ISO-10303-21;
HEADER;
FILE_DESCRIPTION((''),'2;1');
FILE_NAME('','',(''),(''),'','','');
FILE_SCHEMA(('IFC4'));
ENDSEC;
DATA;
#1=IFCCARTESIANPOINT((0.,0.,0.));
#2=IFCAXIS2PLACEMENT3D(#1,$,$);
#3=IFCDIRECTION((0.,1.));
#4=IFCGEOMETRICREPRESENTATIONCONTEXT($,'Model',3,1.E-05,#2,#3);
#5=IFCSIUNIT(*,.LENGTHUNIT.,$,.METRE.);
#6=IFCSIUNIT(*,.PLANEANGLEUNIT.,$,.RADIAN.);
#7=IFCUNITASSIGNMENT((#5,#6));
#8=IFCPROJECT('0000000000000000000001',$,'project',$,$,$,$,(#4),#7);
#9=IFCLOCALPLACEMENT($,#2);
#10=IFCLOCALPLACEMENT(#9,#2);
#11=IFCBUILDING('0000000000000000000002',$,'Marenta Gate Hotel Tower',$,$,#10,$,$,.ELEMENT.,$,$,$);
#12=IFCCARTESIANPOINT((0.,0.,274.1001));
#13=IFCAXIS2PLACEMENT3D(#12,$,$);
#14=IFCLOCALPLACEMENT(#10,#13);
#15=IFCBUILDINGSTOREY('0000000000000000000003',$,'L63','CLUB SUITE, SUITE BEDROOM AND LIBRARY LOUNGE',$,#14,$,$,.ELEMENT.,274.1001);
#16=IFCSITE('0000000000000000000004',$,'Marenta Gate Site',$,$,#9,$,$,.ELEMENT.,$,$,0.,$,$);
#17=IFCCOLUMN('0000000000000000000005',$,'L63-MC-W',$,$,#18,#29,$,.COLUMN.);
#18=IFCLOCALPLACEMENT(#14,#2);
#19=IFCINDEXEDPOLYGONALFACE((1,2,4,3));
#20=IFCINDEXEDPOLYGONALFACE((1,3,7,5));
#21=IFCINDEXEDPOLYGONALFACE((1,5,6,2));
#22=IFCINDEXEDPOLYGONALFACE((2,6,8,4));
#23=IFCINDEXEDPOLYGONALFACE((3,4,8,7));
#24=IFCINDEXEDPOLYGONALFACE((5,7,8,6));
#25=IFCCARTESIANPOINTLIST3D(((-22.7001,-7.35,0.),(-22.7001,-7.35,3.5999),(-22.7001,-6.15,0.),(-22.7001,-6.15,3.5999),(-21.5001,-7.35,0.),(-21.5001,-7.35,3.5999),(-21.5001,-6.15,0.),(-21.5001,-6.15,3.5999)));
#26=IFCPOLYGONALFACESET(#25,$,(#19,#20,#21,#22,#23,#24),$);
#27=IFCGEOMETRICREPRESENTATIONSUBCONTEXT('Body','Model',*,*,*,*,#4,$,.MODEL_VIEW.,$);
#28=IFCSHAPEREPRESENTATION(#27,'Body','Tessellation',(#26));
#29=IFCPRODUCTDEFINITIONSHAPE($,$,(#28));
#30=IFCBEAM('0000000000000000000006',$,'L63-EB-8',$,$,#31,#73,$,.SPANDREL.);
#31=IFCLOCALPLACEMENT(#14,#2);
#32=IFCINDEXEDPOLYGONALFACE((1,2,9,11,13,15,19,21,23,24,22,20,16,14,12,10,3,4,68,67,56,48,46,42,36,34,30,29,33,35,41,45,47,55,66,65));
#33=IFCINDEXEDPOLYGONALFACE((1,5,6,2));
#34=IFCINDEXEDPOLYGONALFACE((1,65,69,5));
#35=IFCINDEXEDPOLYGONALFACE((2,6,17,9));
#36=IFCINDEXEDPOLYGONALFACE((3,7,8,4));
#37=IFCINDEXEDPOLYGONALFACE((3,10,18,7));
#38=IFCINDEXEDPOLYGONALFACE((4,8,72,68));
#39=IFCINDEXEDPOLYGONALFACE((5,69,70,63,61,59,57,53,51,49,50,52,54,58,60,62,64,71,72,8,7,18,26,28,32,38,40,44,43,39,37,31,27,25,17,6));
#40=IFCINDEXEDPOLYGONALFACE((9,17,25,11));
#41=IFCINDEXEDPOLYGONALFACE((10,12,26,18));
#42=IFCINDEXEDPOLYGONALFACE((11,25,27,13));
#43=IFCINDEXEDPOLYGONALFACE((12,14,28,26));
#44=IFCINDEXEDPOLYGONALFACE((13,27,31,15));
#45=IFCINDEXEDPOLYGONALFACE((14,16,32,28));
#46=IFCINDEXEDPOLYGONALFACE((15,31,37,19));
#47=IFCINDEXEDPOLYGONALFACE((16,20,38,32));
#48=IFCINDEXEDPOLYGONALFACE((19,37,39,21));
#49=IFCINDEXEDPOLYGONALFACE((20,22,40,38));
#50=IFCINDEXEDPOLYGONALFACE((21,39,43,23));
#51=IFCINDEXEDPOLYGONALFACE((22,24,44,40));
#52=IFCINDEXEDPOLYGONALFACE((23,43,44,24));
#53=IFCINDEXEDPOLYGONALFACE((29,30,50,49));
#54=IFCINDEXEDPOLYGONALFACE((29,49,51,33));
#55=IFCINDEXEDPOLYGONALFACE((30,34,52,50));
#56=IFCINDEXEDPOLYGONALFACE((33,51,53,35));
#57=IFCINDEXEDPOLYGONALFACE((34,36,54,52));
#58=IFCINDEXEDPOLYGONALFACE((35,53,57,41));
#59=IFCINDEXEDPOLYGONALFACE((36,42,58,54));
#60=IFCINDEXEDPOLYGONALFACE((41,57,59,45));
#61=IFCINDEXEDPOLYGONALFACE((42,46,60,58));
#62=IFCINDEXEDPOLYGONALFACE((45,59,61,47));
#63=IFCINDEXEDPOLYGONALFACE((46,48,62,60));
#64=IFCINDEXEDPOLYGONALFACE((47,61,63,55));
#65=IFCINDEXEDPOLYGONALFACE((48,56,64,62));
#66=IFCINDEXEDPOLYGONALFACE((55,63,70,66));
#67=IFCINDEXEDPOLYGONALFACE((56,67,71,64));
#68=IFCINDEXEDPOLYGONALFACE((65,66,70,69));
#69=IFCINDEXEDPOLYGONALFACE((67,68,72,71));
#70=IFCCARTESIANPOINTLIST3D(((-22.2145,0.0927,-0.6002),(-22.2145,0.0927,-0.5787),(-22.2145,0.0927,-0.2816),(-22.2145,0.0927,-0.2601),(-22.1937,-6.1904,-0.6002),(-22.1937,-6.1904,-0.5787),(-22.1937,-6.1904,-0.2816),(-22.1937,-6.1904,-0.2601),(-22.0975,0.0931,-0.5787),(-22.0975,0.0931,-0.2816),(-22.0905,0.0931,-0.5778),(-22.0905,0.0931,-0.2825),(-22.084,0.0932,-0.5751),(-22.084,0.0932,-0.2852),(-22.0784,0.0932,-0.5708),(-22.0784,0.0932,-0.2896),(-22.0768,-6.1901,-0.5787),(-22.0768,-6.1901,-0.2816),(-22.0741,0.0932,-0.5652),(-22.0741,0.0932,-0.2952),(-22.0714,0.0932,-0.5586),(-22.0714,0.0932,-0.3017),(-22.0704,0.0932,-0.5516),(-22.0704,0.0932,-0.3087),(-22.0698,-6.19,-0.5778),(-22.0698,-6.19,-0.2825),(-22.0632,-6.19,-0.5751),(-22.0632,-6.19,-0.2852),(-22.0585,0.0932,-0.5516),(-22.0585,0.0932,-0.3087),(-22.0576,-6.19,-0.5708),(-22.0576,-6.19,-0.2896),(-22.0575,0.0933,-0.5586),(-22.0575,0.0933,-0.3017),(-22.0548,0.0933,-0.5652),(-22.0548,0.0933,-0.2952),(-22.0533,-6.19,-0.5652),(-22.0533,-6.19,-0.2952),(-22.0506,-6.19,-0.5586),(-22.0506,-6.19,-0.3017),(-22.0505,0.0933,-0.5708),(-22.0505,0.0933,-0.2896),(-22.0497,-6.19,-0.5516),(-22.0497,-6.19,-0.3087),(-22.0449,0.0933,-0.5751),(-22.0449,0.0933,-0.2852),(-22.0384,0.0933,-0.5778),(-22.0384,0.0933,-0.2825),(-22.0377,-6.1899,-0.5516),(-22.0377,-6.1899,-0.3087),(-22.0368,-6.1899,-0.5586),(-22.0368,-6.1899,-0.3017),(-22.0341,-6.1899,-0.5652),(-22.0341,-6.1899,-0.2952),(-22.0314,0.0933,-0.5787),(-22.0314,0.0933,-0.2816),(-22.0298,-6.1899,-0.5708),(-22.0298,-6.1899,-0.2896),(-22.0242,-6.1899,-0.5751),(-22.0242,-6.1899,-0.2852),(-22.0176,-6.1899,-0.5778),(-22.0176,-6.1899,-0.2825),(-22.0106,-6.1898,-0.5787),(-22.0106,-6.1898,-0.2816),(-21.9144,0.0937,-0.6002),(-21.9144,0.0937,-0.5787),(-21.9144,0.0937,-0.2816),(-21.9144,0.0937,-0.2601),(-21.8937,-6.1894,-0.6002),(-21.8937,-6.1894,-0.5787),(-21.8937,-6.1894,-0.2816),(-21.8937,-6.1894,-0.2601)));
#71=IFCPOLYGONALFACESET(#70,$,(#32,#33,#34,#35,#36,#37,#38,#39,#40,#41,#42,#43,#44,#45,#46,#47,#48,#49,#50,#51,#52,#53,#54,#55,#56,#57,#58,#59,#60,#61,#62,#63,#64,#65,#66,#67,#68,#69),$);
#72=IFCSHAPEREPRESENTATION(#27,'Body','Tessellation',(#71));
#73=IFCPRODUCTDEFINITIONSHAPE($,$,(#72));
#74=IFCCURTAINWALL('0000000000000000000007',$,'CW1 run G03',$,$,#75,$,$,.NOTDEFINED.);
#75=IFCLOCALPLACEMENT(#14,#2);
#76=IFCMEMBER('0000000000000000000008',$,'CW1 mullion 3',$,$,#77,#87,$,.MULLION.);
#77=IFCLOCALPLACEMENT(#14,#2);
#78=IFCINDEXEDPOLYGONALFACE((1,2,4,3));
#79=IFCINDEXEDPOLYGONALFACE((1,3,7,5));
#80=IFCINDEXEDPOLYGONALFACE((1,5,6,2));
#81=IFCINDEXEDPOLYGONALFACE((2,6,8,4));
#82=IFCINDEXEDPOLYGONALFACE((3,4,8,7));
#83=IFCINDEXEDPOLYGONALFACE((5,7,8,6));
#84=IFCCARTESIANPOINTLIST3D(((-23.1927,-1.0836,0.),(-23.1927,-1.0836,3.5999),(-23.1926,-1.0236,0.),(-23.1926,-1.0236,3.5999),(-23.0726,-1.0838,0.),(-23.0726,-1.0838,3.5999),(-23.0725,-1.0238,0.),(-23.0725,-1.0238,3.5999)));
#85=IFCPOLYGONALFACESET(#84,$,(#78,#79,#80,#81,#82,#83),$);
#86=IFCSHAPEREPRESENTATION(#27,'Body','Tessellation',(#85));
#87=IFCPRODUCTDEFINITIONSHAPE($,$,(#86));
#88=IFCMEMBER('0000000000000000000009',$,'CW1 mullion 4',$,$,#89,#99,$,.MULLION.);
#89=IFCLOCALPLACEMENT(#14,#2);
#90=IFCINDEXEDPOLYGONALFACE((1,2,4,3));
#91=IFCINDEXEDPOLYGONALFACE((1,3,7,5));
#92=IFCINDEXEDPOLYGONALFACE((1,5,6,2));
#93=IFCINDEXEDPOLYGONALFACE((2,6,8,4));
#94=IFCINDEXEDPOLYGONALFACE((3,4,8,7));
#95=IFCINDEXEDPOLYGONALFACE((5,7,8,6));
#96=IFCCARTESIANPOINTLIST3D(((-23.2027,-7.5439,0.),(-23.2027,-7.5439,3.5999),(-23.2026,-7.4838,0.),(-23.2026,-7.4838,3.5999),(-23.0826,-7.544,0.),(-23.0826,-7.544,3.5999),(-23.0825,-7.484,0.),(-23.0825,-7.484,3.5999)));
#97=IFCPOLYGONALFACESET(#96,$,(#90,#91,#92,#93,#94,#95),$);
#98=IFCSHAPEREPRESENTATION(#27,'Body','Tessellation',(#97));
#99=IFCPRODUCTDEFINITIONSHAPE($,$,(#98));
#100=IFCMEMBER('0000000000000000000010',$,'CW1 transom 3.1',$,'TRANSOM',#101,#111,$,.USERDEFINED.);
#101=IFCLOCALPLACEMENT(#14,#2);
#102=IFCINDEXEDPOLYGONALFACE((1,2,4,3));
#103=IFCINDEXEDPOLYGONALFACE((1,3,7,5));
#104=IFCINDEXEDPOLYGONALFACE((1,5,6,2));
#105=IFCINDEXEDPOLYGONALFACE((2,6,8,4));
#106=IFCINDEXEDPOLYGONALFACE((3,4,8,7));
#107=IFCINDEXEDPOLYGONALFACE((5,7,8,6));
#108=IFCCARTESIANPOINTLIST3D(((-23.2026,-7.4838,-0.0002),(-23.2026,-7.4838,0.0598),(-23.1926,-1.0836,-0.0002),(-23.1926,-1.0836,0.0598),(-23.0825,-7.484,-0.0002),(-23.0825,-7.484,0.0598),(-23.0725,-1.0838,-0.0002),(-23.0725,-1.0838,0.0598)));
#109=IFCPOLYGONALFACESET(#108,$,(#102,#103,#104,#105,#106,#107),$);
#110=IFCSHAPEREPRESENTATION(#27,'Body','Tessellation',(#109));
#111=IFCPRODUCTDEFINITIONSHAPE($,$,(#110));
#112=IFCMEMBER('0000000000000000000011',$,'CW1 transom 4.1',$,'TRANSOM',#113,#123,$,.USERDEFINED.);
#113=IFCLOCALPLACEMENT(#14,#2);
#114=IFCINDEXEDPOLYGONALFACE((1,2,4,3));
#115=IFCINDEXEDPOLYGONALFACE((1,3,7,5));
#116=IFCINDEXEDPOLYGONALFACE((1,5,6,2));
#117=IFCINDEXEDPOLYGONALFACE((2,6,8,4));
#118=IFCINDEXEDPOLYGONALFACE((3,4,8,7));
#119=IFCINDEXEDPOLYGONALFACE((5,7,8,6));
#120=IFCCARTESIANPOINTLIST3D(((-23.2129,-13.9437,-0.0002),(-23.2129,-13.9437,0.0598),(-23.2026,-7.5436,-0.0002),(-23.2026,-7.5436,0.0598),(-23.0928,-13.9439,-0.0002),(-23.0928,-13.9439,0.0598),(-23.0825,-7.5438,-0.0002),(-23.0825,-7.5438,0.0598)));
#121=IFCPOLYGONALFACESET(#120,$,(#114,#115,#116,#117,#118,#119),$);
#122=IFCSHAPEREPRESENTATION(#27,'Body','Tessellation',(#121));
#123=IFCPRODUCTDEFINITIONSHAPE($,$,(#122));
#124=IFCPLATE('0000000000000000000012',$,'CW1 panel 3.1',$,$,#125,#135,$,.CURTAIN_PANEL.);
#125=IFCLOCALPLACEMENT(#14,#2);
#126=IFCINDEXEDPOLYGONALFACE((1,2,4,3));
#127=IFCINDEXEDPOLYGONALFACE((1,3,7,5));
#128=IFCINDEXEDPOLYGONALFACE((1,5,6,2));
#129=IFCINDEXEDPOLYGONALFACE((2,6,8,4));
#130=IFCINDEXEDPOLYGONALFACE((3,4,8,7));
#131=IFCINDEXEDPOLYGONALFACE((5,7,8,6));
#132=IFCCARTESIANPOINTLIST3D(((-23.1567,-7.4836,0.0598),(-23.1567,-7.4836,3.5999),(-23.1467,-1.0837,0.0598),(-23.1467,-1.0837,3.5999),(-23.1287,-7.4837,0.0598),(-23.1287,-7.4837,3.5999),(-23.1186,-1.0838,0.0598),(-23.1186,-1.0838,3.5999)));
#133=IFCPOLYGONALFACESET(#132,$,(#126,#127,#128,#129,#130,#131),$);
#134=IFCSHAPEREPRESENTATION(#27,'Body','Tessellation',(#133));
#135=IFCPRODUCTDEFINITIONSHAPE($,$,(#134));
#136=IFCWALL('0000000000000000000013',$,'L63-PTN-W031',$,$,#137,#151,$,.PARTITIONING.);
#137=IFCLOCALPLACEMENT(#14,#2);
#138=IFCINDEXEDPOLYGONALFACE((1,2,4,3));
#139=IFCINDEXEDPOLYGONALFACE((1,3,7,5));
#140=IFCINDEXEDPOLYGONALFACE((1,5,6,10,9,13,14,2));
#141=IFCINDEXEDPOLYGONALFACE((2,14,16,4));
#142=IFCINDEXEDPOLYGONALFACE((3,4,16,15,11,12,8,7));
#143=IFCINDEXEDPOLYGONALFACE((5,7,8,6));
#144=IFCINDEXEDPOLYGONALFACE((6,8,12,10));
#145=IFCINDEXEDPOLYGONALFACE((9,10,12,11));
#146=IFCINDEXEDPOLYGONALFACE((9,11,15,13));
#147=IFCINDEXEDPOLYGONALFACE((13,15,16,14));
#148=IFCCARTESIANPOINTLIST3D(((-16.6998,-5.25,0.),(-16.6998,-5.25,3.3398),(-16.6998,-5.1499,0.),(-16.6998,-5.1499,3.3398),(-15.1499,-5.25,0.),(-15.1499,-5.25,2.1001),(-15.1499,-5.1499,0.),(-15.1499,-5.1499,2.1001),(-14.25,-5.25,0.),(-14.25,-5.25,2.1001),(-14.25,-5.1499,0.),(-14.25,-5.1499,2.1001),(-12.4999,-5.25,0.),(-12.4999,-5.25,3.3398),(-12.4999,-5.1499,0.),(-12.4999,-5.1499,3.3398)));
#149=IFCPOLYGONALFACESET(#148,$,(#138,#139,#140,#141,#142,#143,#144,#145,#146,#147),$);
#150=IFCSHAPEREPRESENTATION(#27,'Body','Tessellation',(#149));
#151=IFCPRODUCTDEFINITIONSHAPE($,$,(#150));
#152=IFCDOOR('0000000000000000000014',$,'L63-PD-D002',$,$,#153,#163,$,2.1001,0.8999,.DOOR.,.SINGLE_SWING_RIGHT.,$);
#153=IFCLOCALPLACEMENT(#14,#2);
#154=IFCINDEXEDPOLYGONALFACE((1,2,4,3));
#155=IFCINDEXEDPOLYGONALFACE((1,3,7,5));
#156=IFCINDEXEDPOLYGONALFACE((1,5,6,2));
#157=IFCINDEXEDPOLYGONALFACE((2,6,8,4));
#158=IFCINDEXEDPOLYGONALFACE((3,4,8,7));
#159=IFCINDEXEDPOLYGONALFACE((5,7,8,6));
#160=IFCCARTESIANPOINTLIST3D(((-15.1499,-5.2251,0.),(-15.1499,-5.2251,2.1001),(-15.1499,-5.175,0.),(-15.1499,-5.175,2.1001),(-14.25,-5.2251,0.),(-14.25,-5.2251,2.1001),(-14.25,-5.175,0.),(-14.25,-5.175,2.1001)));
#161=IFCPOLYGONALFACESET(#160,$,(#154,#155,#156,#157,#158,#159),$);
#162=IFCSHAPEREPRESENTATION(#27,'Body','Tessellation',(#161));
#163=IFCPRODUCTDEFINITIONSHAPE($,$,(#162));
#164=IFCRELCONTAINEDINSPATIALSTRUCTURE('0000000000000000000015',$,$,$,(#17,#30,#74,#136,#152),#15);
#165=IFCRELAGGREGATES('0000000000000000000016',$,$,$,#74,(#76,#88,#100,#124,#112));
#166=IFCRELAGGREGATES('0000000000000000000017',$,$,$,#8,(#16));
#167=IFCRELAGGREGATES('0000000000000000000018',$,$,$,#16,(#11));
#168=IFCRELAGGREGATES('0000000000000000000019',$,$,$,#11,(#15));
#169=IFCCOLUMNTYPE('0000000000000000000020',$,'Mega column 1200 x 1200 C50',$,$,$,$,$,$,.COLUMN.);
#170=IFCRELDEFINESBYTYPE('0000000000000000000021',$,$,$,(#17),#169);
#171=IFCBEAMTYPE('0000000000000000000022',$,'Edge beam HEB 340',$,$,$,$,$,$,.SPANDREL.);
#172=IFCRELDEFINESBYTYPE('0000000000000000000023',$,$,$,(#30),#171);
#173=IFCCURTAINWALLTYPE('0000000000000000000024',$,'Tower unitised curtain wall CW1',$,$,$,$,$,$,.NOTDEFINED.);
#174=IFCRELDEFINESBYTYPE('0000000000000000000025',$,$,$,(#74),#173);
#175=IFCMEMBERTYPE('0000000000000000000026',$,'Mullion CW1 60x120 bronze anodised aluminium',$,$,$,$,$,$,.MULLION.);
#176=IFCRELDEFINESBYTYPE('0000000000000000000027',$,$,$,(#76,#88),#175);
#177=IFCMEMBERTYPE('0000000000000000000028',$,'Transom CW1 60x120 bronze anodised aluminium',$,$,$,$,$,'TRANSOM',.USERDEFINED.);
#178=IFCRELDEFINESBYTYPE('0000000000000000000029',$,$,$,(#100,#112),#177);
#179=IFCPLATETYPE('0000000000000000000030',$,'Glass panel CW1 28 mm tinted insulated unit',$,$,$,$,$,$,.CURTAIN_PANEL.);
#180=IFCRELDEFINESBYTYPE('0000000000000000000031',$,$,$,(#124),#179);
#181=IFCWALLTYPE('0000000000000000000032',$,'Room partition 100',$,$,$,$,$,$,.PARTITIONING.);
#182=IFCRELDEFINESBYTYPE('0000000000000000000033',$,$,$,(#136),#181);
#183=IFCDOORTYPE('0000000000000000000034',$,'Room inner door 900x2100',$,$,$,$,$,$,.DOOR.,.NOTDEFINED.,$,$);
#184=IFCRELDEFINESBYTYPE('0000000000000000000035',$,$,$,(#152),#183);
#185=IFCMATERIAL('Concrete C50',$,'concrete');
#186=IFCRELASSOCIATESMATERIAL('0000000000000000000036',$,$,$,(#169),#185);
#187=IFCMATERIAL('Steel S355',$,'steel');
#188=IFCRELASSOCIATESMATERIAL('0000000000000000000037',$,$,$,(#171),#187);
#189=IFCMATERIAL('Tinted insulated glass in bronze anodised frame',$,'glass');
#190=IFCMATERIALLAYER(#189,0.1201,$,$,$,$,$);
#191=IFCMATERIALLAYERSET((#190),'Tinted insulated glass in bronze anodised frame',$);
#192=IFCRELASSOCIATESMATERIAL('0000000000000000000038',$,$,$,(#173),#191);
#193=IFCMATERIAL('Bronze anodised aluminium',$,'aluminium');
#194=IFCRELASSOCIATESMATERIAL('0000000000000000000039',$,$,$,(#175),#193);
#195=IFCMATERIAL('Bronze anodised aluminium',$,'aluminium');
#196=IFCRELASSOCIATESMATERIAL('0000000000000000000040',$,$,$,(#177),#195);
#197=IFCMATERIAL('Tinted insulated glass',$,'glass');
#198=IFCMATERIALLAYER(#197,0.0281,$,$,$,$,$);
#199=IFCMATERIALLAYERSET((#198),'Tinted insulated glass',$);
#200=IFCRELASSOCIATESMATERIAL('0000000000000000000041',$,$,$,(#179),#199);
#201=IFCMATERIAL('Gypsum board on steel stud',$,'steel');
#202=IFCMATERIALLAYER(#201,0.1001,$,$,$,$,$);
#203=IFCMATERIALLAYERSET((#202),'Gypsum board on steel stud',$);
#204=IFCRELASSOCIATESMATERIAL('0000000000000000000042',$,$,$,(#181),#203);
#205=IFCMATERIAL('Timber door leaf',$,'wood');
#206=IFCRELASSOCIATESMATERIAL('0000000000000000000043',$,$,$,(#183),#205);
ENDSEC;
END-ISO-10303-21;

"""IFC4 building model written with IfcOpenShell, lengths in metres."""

from ifc_helpers import new_model, si_unit, direction, frame, frame_2d, origin, origin_2d, place, context, subcontext, project, spatial, rectangle, i_section, extrude, material, layer, layer_set, material_profile, profile_set, type_object, element, fill, aggregate, save


model = new_model("IFC4")

# Units and contexts
model_context = context("Model", 3, precision=1e-05, world=origin(), true_north=direction((0.0, 1.0)))
body_context = subcontext(model_context, "Body", "Model", "MODEL_VIEW")
ifc_project = project(units=[si_unit("LENGTHUNIT", "METRE"), si_unit("PLANEANGLEUNIT", "RADIAN")], contexts=[model_context])

# Site, building, storey
site_placement = place(None, origin())
site = spatial("IfcSite", under=ifc_project, at=site_placement, Name="Marenta Gate Site", CompositionType="ELEMENT", RefElevation=0.0)
building_placement = place(site_placement, origin())
building = spatial("IfcBuilding", under=site, at=building_placement, Name="Marenta Gate Hotel Tower", CompositionType="ELEMENT")
storey_placement = place(building_placement, frame((0.0, 0.0, 274.1001)))
storey = spatial("IfcBuildingStorey", under=building, at=storey_placement, Name="L63", Description="CLUB SUITE, SUITE BEDROOM AND LIBRARY LOUNGE", CompositionType="ELEMENT", Elevation=274.1001)

# Column
ifc_material_1 = material(Name="Concrete C50", Category="concrete")
ifc_material_profile_1 = material_profile(ifc_material_1, rectangle(XDim=1.2, YDim=1.2, at=origin_2d()), Name="1200 x 1200")
ifc_profile_set_1 = profile_set([ifc_material_profile_1], Name="Concrete C50")
column_type = type_object("IfcColumnType", Name="Mega column 1200 x 1200 C50", PredefinedType="COLUMN", material=ifc_profile_set_1)
column_placement = place(storey_placement, frame((-22.1001, -6.75, 0.0), z_axis=(0.0, 0.0, 1.0), x_axis=(1.0, 0.0, 0.0)))
element("IfcColumn", 1, at=column_placement, inside=storey, type_object=column_type, Name="L63-MC-W", PredefinedType="COLUMN", context=body_context, shape_type="SweptSolid", body=[
    extrude(rectangle(XDim=1.2, YDim=1.2, at=origin_2d()), origin(), (0.0, 0.0, 1.0), 3.5999),
])

# Beam
ifc_material_2 = material(Name="Steel S355", Category="steel")
ifc_material_profile_2 = material_profile(ifc_material_2, i_section(OverallWidth=0.3, OverallDepth=0.3401, WebThickness=0.012, FlangeThickness=0.0215, FilletRadius=0.0271, at=origin_2d()), Name="HEB 340")
ifc_profile_set_2 = profile_set([ifc_material_profile_2], Name="Steel S355")
beam_type = type_object("IfcBeamType", Name="Edge beam HEB 340", PredefinedType="SPANDREL", material=ifc_profile_set_2)
beam_placement = place(storey_placement, frame((-22.0437, -6.1899, -0.4302), z_axis=(-0.003303, 0.999995, 0.0), x_axis=(-0.999995, -0.003303, 0.0)))
element("IfcBeam", 2, at=beam_placement, inside=storey, type_object=beam_type, Name="L63-EB-8", PredefinedType="SPANDREL", context=body_context, shape_type="SweptSolid", body=[
    extrude(i_section(OverallWidth=0.3, OverallDepth=0.3401, WebThickness=0.012, FlangeThickness=0.0215, FilletRadius=0.0271, at=origin_2d()), origin(), (0.0, 0.0, 1.0), 6.2832),
])

# Curtain wall, members, plate
ifc_material_3 = material(Name="Tinted insulated glass in bronze anodised frame", Category="glass")
ifc_layer_1 = layer(ifc_material_3, 0.1201)
ifc_layer_set_1 = layer_set([ifc_layer_1], Name="Tinted insulated glass in bronze anodised frame")
curtain_wall_type = type_object("IfcCurtainWallType", Name="Tower unitised curtain wall CW1", PredefinedType="NOTDEFINED", material=ifc_layer_set_1)
curtain_wall_placement = place(storey_placement, origin())
curtain_wall = element("IfcCurtainWall", 3, at=curtain_wall_placement, inside=storey, type_object=curtain_wall_type, Name="CW1 run G03", PredefinedType="NOTDEFINED")
ifc_material_4 = material(Name="Bronze anodised aluminium", Category="aluminium")
ifc_material_profile_3 = material_profile(ifc_material_4, rectangle(XDim=0.1201, YDim=0.0601, at=origin_2d()), Name="Mullion CW1 60x120 bronze anodised aluminium")
ifc_profile_set_3 = profile_set([ifc_material_profile_3], Name="Bronze anodised aluminium")
member_type_1 = type_object("IfcMemberType", Name="Mullion CW1 60x120 bronze anodised aluminium", PredefinedType="MULLION", material=ifc_profile_set_3)
member_1_placement = place(storey_placement, frame((-23.1326, -1.0537, 0.0), z_axis=(0.0, 0.0, 1.0), x_axis=(0.999999, -0.001566, 0.0)))
member_1 = element("IfcMember", 4, at=member_1_placement, type_object=member_type_1, Name="CW1 mullion 3", PredefinedType="MULLION", context=body_context, shape_type="SweptSolid", body=[
    extrude(rectangle(XDim=0.1201, YDim=0.0601, at=origin_2d()), origin(), (0.0, 0.0, 1.0), 3.5999),
])
member_2_placement = place(storey_placement, frame((-23.1426, -7.5139, 0.0), z_axis=(0.0, 0.0, 1.0), x_axis=(0.999999, -0.001566, 0.0)))
member_2 = element("IfcMember", 5, at=member_2_placement, type_object=member_type_1, Name="CW1 mullion 4", PredefinedType="MULLION", context=body_context, shape_type="SweptSolid", body=[
    extrude(rectangle(XDim=0.1201, YDim=0.0601, at=origin_2d()), origin(), (0.0, 0.0, 1.0), 3.5999),
])
ifc_material_5 = material(Name="Bronze anodised aluminium", Category="aluminium")
ifc_material_profile_4 = material_profile(ifc_material_5, rectangle(XDim=0.1201, YDim=0.0601, at=origin_2d()), Name="Transom CW1 60x120 bronze anodised aluminium")
ifc_profile_set_4 = profile_set([ifc_material_profile_4], Name="Bronze anodised aluminium")
member_type_2 = type_object("IfcMemberType", Name="Transom CW1 60x120 bronze anodised aluminium", ElementType="TRANSOM", PredefinedType="USERDEFINED", material=ifc_profile_set_4)
member_3_placement = place(storey_placement, frame((-23.1326, -1.0837, 0.0298), z_axis=(-0.001564, -0.999999, 0.0), x_axis=(0.999999, -0.001564, 0.0)))
member_3 = element("IfcMember", 6, at=member_3_placement, type_object=member_type_2, Name="CW1 transom 3.1", ObjectType="TRANSOM", PredefinedType="USERDEFINED", context=body_context, shape_type="SweptSolid", body=[
    extrude(rectangle(XDim=0.1201, YDim=0.0601, at=origin_2d()), origin(), (0.0, 0.0, 1.0), 6.4001),
])
member_4_placement = place(storey_placement, frame((-23.1426, -7.5437, 0.0298), z_axis=(-0.001602, -0.999999, 0.0), x_axis=(0.999999, -0.001602, 0.0)))
member_4 = element("IfcMember", 7, at=member_4_placement, type_object=member_type_2, Name="CW1 transom 4.1", ObjectType="TRANSOM", PredefinedType="USERDEFINED", context=body_context, shape_type="SweptSolid", body=[
    extrude(rectangle(XDim=0.1201, YDim=0.0601, at=origin_2d()), origin(), (0.0, 0.0, 1.0), 6.4001),
])
ifc_material_6 = material(Name="Tinted insulated glass", Category="glass")
ifc_layer_2 = layer(ifc_material_6, 0.0281)
ifc_layer_set_2 = layer_set([ifc_layer_2], Name="Tinted insulated glass")
plate_type = type_object("IfcPlateType", Name="Glass panel CW1 28 mm tinted insulated unit", PredefinedType="CURTAIN_PANEL", material=ifc_layer_set_2)
plate_placement = place(storey_placement, frame((-23.1377, -4.2837, 0.0598), z_axis=(0.0, 0.0, 1.0), x_axis=(-0.001566, -0.999999, 0.0)))
plate = element("IfcPlate", 8, at=plate_placement, type_object=plate_type, Name="CW1 panel 3.1", PredefinedType="CURTAIN_PANEL", context=body_context, shape_type="SweptSolid", body=[
    extrude(rectangle(XDim=6.3999, YDim=0.0281, at=origin_2d()), origin(), (0.0, 0.0, 1.0), 3.54),
])
aggregate(curtain_wall, [member_1, member_2, member_3, plate, member_4])

# Wall, opening, door
ifc_material_7 = material(Name="Gypsum board on steel stud", Category="steel")
ifc_layer_3 = layer(ifc_material_7, 0.1001)
ifc_layer_set_3 = layer_set([ifc_layer_3], Name="Gypsum board on steel stud")
wall_type_1 = type_object("IfcWallType", Name="Room partition 100", PredefinedType="PARTITIONING", material=ifc_layer_set_3)
wall_1_placement = place(storey_placement, frame((-16.7, -5.2, 0.0), z_axis=(0.0, 0.0, 1.0), x_axis=(1.0, 0.0, 0.0)))
wall_1 = element("IfcWall", 9, at=wall_1_placement, inside=storey, type_object=wall_type_1, Name="L63-PTN-W031", PredefinedType="PARTITIONING", context=body_context, shape_type="SweptSolid", body=[
    extrude(rectangle(XDim=4.2, YDim=0.1001, at=frame_2d((2.1001, 0.0))), origin(), (0.0, 0.0, 1.0), 3.3398),
])
opening_1_placement = place(wall_1_placement, frame((1.55, 0.0, 0.0)))
opening_1 = element("IfcOpeningElement", 10, at=opening_1_placement, cuts=wall_1, PredefinedType="OPENING", context=body_context, shape_type="SweptSolid", body=[
    extrude(rectangle(XDim=0.8999, YDim=2.1001, at=frame_2d((0.45, 1.05))), frame((0.0, 0.05, 0.0), z_axis=(0.0, -1.0, 0.0), x_axis=(1.0, 0.0, 0.0)), (0.0, 0.0, 1.0), 0.1001),
])
ifc_material_8 = material(Name="Timber door leaf", Category="wood")
door_type_1 = type_object("IfcDoorType", Name="Room inner door 900x2100", OperationType="NOTDEFINED", PredefinedType="DOOR", material=ifc_material_8)
door_1_placement = place(opening_1_placement, origin())
door_1 = element("IfcDoor", 11, at=door_1_placement, inside=storey, type_object=door_type_1, Name="L63-PD-D002", OperationType="SINGLE_SWING_RIGHT", OverallHeight=2.1001, OverallWidth=0.8999, PredefinedType="DOOR", context=body_context, shape_type="SweptSolid", body=[
    extrude(rectangle(XDim=0.8999, YDim=2.1001, at=frame_2d((0.45, 1.05))), frame((0.0, 0.0249, 0.0), z_axis=(0.0, -1.0, 0.0), x_axis=(1.0, 0.0, 0.0)), (0.0, 0.0, 1.0), 0.05),
])
fill(opening_1, door_1)

save(model, "model.ifc")
